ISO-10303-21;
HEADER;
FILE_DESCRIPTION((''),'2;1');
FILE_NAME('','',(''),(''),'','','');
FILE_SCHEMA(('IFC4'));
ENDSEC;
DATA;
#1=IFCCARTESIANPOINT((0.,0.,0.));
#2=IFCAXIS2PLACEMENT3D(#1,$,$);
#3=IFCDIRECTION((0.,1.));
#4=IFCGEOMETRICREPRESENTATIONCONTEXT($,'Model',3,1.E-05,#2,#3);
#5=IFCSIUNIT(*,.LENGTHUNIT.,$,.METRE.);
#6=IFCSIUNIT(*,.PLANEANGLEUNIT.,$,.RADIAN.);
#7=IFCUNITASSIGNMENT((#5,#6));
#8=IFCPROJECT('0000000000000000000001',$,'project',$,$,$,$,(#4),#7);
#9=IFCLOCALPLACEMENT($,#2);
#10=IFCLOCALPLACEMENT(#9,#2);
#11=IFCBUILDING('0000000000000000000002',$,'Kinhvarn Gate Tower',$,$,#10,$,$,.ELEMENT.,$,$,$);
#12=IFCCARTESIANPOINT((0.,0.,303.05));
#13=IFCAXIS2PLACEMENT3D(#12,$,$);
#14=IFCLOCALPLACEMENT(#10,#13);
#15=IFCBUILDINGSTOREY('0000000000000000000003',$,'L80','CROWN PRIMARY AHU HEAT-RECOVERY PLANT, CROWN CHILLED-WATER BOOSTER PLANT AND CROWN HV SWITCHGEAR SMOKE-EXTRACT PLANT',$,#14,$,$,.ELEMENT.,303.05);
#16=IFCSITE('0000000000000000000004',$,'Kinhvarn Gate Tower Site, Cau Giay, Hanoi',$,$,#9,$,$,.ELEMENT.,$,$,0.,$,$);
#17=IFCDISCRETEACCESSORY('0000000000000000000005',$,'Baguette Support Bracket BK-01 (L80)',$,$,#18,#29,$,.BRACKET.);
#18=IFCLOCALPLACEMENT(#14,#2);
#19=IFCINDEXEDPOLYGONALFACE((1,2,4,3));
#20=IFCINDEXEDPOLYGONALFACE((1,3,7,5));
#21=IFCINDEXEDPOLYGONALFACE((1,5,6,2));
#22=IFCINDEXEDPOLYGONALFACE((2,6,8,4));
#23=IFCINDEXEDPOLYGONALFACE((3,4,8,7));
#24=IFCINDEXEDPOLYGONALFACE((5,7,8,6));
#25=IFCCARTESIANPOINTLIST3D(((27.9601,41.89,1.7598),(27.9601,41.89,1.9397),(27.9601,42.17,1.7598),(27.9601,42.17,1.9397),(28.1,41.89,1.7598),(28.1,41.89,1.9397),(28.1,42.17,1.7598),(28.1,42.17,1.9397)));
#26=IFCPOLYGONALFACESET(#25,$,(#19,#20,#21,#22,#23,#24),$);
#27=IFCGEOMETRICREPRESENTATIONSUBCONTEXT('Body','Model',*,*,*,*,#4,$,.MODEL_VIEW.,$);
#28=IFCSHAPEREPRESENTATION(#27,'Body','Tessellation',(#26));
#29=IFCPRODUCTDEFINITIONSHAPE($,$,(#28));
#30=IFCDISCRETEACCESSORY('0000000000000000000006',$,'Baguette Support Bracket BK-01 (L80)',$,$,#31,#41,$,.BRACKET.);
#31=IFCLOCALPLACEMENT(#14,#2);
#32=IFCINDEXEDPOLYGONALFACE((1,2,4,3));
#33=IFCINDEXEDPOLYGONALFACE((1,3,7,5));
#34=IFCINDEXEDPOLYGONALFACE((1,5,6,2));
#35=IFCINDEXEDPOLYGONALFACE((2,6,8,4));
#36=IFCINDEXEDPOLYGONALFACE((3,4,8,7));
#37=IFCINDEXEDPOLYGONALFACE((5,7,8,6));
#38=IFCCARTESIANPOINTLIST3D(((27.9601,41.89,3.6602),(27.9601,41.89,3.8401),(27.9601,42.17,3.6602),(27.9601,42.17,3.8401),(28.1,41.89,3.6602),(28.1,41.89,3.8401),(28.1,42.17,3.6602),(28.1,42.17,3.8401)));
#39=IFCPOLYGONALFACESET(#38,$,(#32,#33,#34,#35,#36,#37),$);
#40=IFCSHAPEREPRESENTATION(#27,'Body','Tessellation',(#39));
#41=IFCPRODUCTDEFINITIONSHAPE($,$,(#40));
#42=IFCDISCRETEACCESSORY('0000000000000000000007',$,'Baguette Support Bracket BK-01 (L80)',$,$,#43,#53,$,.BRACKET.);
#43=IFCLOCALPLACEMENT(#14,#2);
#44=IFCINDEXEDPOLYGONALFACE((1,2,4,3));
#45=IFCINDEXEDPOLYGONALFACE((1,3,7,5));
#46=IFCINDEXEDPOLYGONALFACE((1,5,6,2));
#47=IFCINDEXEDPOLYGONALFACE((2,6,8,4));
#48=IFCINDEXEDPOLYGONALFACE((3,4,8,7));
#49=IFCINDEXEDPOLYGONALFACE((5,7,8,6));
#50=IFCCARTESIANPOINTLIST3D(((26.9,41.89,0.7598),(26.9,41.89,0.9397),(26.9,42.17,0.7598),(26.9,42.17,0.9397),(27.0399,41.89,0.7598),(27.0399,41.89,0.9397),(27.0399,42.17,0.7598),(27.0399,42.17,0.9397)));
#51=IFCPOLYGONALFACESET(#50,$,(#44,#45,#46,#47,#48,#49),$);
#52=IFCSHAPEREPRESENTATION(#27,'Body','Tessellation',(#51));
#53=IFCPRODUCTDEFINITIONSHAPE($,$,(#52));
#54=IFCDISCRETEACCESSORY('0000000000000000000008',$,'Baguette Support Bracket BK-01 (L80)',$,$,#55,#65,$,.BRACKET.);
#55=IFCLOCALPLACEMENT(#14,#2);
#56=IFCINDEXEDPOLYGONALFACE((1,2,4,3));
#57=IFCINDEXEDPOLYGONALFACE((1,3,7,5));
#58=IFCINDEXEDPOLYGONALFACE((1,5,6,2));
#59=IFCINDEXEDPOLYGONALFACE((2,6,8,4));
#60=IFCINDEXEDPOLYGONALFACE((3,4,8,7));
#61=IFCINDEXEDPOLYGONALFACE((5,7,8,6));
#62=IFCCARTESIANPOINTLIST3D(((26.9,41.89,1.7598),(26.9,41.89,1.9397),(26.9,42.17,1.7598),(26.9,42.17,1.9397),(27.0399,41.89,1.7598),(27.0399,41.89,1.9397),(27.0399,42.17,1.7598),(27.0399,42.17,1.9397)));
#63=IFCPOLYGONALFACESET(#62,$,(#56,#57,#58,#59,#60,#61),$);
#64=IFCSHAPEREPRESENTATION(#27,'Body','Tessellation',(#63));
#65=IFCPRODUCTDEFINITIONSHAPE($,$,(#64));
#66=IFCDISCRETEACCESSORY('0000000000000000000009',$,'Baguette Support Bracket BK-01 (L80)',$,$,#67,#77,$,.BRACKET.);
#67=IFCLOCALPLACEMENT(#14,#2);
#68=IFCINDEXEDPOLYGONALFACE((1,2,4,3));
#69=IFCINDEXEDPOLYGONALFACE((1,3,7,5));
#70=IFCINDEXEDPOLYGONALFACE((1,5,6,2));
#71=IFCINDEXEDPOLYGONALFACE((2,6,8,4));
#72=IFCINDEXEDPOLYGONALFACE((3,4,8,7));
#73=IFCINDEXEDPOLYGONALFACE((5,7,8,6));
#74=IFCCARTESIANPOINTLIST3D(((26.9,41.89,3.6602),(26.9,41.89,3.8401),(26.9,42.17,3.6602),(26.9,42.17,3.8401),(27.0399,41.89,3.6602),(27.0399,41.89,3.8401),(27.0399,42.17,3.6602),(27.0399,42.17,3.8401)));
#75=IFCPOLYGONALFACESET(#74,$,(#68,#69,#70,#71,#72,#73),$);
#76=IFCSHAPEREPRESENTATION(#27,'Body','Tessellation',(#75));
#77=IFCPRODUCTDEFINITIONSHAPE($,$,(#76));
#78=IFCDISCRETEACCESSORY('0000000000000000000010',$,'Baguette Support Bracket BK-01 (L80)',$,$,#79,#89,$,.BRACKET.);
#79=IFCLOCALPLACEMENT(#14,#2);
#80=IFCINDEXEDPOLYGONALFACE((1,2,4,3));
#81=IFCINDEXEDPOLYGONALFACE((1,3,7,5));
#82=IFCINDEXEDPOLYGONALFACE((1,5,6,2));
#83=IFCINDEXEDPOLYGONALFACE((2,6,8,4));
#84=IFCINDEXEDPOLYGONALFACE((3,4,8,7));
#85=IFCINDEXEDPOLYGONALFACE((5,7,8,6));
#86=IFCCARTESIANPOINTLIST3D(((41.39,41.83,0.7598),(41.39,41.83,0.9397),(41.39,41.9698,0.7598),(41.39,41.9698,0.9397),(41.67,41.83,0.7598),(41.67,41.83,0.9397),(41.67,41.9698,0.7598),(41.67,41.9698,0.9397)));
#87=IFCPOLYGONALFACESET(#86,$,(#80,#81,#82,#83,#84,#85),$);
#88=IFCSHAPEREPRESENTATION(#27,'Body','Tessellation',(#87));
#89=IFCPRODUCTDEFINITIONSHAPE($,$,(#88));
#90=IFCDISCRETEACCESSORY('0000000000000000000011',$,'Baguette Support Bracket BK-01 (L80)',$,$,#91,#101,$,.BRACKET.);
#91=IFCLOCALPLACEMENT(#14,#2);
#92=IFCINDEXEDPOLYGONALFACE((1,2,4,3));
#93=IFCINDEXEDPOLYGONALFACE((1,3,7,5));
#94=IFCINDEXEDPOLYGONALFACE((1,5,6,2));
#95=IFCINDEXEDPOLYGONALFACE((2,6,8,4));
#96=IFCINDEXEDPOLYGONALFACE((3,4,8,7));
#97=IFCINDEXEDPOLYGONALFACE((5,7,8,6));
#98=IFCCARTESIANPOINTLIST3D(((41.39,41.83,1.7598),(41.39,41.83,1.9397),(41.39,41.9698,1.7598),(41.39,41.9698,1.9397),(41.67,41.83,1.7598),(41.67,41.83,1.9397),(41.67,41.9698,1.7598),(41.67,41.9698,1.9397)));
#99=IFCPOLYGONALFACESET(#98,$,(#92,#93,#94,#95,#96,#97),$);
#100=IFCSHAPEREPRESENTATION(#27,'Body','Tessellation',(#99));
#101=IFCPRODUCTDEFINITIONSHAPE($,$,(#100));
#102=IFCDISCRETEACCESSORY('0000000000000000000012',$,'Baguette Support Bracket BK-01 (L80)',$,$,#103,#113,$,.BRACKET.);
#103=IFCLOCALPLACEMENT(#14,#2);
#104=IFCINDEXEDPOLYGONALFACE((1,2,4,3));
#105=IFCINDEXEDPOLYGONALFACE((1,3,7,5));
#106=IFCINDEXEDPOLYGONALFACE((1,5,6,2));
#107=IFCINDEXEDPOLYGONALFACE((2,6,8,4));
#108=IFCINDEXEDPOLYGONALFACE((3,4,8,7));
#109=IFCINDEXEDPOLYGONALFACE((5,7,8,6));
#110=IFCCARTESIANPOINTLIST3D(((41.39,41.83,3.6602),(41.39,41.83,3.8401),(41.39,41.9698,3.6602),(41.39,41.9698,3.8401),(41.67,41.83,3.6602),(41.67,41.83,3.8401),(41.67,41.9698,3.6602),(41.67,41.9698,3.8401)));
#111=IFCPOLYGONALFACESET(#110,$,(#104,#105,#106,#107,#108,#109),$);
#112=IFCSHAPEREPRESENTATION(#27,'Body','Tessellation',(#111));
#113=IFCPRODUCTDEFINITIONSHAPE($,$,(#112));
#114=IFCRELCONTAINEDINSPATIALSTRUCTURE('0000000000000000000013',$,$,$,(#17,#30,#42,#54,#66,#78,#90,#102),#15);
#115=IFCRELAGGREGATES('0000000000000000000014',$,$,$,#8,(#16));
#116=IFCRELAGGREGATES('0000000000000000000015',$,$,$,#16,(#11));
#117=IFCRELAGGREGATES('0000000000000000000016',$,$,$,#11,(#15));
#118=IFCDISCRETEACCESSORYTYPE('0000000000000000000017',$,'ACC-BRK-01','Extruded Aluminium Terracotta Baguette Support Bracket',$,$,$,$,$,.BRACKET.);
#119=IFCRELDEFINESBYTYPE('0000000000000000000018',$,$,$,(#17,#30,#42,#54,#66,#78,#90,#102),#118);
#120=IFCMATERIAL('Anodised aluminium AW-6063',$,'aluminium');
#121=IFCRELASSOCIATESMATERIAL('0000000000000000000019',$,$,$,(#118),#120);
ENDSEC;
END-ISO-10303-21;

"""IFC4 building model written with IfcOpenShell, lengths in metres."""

from ifc_helpers import new_model, si_unit, direction, frame, origin, origin_2d, place, context, subcontext, project, spatial, rectangle, extrude, material, type_object, element, save


model = new_model("IFC4")

# Units and contexts
model_context = context("Model", 3, precision=1e-05, world=origin(), true_north=direction((0.0, 1.0)))
body_context = subcontext(model_context, "Body", "Model", "MODEL_VIEW")
ifc_project = project(units=[si_unit("LENGTHUNIT", "METRE"), si_unit("PLANEANGLEUNIT", "RADIAN")], contexts=[model_context])

# Site, building, storey
site_placement = place(None, origin())
site = spatial("IfcSite", under=ifc_project, at=site_placement, Name="Kinhvarn Gate Tower Site, Cau Giay, Hanoi", CompositionType="ELEMENT", RefElevation=0.0)
building_placement = place(site_placement, origin())
building = spatial("IfcBuilding", under=site, at=building_placement, Name="Kinhvarn Gate Tower", CompositionType="ELEMENT")
storey_placement = place(building_placement, frame((0.0, 0.0, 303.05)))
storey = spatial("IfcBuildingStorey", under=building, at=storey_placement, Name="L80", Description="CROWN PRIMARY AHU HEAT-RECOVERY PLANT, CROWN CHILLED-WATER BOOSTER PLANT AND CROWN HV SWITCHGEAR SMOKE-EXTRACT PLANT", CompositionType="ELEMENT", Elevation=303.05)

# Shared definitions
ifc_material_1 = material(Name="Anodised aluminium AW-6063", Category="aluminium")

# Discrete accessories
discrete_accessory_type = type_object("IfcDiscreteAccessoryType", Name="ACC-BRK-01", Description="Extruded Aluminium Terracotta Baguette Support Bracket", PredefinedType="BRACKET", material=ifc_material_1)
for number, where, z_axis, x_axis, name in (
    (1, (28.03, 42.03, 1.7598), (0.0, 0.0, 1.0), (-1.0, 0.0, 0.0), "Baguette Support Bracket BK-01 (L80)"),
    (2, (28.03, 42.03, 3.6602), (0.0, 0.0, 1.0), (-1.0, 0.0, 0.0), "Baguette Support Bracket BK-01 (L80)"),
    (3, (26.97, 42.03, 0.7598), (0.0, 0.0, 1.0), (-1.0, 0.0, 0.0), "Baguette Support Bracket BK-01 (L80)"),
    (4, (26.97, 42.03, 1.7598), (0.0, 0.0, 1.0), (-1.0, 0.0, 0.0), "Baguette Support Bracket BK-01 (L80)"),
    (5, (26.97, 42.03, 3.6602), (0.0, 0.0, 1.0), (-1.0, 0.0, 0.0), "Baguette Support Bracket BK-01 (L80)"),
    (6, (41.53, 41.8999, 0.7598), (0.0, 0.0, 1.0), (0.0, 1.0, 0.0), "Baguette Support Bracket BK-01 (L80)"),
    (7, (41.53, 41.8999, 1.7598), (0.0, 0.0, 1.0), (0.0, 1.0, 0.0), "Baguette Support Bracket BK-01 (L80)"),
    (8, (41.53, 41.8999, 3.6602), (0.0, 0.0, 1.0), (0.0, 1.0, 0.0), "Baguette Support Bracket BK-01 (L80)"),
):
    element("IfcDiscreteAccessory", number, at=place(storey_placement, frame(where, z_axis=z_axis, x_axis=x_axis)), inside=storey, type_object=discrete_accessory_type, Name=name, PredefinedType="BRACKET", context=body_context, shape_type="SweptSolid", body=[
        extrude(rectangle(XDim=0.1399, YDim=0.28, at=origin_2d()), origin(), (0.0, 0.0, 1.0), 0.1799),
    ])

save(model, "model.ifc")
